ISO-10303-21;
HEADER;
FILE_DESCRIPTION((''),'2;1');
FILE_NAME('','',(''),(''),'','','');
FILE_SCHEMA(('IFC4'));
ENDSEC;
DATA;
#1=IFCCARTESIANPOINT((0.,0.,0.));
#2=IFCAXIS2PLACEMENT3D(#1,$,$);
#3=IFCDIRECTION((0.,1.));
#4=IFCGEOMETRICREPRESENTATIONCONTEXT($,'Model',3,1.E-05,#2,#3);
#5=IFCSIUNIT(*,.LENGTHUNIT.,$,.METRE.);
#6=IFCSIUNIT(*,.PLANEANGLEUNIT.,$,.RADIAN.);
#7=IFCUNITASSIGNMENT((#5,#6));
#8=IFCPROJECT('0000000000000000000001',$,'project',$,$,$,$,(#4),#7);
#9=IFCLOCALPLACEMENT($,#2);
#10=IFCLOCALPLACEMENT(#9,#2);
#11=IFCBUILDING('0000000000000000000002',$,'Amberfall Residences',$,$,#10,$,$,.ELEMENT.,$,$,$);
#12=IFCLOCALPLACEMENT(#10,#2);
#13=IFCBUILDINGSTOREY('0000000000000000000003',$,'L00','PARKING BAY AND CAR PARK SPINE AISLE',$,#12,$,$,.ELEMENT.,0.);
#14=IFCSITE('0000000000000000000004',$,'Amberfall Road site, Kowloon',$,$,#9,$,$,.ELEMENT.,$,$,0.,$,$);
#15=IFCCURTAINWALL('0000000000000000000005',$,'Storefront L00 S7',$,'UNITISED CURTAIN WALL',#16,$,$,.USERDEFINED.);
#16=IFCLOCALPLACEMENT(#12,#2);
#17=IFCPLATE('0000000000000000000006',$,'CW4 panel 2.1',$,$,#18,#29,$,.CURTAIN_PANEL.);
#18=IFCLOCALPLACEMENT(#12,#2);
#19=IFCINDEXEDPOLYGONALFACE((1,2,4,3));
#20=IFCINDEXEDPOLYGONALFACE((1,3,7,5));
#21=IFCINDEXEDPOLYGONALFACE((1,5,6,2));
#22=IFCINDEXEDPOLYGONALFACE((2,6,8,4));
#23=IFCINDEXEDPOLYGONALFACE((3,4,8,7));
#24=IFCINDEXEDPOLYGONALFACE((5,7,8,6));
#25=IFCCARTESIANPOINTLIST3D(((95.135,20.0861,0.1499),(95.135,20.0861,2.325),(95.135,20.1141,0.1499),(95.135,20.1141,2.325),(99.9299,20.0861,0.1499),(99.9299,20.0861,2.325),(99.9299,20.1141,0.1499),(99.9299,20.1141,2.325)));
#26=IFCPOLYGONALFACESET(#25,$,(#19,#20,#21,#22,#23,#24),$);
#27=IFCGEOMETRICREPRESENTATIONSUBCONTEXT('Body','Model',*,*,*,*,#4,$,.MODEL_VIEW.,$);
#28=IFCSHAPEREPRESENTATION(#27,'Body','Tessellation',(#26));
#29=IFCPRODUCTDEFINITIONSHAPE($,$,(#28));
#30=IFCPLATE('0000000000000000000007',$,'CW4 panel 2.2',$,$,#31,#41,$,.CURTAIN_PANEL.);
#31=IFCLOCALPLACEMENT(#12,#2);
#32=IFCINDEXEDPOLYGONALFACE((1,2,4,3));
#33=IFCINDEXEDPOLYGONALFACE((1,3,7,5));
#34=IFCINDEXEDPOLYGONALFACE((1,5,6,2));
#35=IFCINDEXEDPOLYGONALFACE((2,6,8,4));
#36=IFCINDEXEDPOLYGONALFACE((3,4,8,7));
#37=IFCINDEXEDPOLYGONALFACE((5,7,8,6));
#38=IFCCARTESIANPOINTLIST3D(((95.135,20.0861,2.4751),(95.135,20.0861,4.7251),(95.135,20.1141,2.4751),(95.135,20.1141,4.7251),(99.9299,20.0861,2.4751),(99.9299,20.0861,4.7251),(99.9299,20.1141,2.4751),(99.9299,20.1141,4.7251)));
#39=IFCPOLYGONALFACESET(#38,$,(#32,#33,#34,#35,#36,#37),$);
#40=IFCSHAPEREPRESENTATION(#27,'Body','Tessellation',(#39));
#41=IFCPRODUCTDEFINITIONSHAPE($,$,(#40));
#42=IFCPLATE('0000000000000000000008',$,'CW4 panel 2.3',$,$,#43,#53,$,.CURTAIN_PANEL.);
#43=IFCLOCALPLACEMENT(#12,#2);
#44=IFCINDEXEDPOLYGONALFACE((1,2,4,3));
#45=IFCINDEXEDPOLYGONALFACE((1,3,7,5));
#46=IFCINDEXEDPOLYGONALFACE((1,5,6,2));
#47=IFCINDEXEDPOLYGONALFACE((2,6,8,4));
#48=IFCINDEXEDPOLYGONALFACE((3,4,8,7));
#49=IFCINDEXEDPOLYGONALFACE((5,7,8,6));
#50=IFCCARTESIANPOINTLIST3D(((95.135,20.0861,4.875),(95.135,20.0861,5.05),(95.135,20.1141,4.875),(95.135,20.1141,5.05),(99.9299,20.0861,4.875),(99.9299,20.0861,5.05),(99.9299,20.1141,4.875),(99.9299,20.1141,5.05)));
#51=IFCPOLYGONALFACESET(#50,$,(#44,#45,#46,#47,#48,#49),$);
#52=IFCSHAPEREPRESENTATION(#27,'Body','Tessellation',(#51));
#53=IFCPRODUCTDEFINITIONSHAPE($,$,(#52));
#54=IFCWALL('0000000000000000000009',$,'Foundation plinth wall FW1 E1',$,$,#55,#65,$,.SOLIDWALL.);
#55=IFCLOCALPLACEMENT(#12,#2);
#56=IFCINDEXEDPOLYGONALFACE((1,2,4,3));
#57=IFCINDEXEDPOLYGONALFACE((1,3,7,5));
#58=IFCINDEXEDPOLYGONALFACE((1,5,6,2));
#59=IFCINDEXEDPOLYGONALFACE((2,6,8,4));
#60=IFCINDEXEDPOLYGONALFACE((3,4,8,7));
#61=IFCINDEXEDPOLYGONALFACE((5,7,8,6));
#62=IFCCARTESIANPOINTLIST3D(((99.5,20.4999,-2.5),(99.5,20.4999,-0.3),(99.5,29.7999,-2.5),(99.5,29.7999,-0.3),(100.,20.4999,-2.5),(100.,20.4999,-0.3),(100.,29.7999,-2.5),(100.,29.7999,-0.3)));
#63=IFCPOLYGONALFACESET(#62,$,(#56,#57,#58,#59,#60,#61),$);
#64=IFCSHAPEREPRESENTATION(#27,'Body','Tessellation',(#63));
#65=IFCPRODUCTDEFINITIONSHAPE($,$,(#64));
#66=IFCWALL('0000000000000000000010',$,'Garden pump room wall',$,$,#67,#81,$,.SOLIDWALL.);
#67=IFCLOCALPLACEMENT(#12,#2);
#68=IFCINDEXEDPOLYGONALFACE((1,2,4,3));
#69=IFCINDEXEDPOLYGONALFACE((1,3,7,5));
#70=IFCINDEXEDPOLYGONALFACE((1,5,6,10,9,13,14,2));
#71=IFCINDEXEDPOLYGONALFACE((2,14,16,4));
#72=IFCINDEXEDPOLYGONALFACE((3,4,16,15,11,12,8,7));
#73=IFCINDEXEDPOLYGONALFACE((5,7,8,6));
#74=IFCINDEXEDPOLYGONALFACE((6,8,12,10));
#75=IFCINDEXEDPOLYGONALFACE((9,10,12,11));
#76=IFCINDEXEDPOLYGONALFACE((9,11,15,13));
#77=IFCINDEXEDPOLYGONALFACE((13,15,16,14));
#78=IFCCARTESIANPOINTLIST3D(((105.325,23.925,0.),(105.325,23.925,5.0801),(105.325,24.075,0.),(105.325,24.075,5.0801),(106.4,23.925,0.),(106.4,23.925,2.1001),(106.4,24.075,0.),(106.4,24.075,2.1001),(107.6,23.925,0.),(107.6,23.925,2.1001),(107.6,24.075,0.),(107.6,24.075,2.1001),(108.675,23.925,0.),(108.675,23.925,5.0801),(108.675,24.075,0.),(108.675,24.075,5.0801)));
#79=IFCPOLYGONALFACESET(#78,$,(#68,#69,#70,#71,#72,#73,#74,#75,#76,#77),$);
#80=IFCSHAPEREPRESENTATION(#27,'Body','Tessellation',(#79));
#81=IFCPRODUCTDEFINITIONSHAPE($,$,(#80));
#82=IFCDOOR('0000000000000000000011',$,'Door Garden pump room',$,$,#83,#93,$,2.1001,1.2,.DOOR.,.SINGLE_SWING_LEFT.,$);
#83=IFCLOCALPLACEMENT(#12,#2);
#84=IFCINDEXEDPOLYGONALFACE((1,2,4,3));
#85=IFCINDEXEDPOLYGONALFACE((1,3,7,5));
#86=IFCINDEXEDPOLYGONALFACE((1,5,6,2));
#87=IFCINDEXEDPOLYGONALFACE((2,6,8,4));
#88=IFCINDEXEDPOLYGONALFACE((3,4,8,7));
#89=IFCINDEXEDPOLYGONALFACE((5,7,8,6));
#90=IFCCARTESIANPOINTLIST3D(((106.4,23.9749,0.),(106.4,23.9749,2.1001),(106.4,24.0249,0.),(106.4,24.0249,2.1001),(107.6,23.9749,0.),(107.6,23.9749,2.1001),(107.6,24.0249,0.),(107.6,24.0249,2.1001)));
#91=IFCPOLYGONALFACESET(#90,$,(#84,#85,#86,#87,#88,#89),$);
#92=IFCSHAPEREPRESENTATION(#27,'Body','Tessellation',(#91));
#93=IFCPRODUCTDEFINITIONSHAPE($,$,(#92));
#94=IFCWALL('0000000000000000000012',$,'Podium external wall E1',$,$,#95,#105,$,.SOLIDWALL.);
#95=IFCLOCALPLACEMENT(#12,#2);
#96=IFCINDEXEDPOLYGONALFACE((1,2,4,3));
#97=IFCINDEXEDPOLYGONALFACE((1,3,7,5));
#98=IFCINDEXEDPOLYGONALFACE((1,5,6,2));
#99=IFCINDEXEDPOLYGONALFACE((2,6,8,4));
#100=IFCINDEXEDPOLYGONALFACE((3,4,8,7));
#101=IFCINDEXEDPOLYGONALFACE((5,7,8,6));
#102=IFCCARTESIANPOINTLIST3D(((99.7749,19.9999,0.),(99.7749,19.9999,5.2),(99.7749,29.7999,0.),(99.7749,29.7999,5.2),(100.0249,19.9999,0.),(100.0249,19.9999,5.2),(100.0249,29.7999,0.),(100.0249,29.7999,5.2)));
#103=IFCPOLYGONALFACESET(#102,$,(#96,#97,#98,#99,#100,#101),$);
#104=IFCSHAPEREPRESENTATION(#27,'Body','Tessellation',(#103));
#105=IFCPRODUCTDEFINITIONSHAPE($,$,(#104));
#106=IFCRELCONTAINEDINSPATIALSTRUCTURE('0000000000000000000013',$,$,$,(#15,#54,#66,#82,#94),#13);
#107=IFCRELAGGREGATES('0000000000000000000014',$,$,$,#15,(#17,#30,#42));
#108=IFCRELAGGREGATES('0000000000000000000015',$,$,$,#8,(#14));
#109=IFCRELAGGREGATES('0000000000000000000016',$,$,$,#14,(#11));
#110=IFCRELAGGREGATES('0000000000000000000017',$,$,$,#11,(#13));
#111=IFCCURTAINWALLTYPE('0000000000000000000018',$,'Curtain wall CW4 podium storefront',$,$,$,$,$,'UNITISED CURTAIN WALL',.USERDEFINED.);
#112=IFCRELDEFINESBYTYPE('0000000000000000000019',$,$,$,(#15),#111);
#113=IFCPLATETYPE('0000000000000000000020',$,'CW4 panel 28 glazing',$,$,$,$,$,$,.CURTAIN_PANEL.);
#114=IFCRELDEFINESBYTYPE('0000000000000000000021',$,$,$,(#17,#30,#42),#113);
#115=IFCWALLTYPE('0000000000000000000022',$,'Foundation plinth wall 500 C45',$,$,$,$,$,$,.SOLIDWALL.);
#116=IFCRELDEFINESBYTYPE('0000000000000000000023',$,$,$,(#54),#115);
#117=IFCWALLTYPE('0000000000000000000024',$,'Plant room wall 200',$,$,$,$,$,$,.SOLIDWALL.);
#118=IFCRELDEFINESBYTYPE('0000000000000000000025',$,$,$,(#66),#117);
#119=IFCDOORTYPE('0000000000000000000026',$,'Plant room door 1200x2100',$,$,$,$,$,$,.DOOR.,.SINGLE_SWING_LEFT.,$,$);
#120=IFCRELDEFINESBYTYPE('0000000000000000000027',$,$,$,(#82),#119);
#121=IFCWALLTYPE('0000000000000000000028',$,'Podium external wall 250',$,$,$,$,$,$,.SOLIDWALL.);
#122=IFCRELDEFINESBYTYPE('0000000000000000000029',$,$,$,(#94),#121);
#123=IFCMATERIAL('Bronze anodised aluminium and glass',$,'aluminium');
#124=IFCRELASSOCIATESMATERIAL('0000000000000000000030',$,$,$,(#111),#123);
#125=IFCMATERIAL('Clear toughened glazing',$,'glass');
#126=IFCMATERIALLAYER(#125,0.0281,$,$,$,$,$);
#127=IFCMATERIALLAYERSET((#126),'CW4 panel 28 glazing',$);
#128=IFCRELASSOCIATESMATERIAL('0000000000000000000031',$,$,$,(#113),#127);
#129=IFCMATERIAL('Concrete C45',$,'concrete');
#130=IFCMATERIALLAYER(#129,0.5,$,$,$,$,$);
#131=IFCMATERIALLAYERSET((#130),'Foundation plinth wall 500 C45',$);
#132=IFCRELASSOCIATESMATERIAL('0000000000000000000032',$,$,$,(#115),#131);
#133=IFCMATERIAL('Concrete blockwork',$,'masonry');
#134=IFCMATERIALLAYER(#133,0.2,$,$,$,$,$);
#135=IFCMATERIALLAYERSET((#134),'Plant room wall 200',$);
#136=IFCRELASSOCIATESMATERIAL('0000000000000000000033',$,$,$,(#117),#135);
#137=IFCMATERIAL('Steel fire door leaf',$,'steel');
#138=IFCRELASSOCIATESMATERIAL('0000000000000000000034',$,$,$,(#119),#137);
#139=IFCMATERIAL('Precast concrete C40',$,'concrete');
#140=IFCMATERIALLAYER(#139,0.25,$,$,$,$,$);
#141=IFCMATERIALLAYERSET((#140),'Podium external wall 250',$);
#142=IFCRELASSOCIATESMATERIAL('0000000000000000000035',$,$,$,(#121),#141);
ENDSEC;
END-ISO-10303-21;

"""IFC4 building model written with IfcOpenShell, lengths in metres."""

from ifc_helpers import new_model, si_unit, direction, frame, frame_2d, origin, origin_2d, place, context, subcontext, project, spatial, rectangle, extrude, material, layer, layer_set, type_object, element, fill, aggregate, save


model = new_model("IFC4")

# Units and contexts
model_context = context("Model", 3, precision=1e-05, world=origin(), true_north=direction((0.0, 1.0)))
body_context = subcontext(model_context, "Body", "Model", "MODEL_VIEW")
ifc_project = project(units=[si_unit("LENGTHUNIT", "METRE"), si_unit("PLANEANGLEUNIT", "RADIAN")], contexts=[model_context])

# Site, building, storey
site_placement = place(None, origin())
site = spatial("IfcSite", under=ifc_project, at=site_placement, Name="Amberfall Road site, Kowloon", CompositionType="ELEMENT", RefElevation=0.0)
building_placement = place(site_placement, origin())
building = spatial("IfcBuilding", under=site, at=building_placement, Name="Amberfall Residences", CompositionType="ELEMENT")
storey_placement = place(building_placement, origin())
storey = spatial("IfcBuildingStorey", under=building, at=storey_placement, Name="L00", Description="PARKING BAY AND CAR PARK SPINE AISLE", CompositionType="ELEMENT", Elevation=0.0)

# Shared definitions
ifc_material_1 = material(Name="Concrete C45", Category="concrete")

# Curtain wall
ifc_material_2 = material(Name="Bronze anodised aluminium and glass", Category="aluminium")
curtain_wall_type = type_object("IfcCurtainWallType", Name="Curtain wall CW4 podium storefront", ElementType="UNITISED CURTAIN WALL", PredefinedType="USERDEFINED", material=ifc_material_2)
curtain_wall_placement = place(storey_placement, origin())
curtain_wall = element("IfcCurtainWall", 1, at=curtain_wall_placement, inside=storey, type_object=curtain_wall_type, Name="Storefront L00 S7", ObjectType="UNITISED CURTAIN WALL", PredefinedType="USERDEFINED")

# Plates
ifc_material_3 = material(Name="Clear toughened glazing", Category="glass")
ifc_layer_1 = layer(ifc_material_3, 0.0281)
ifc_layer_set_1 = layer_set([ifc_layer_1], Name="CW4 panel 28 glazing")
plate_type = type_object("IfcPlateType", Name="CW4 panel 28 glazing", PredefinedType="CURTAIN_PANEL", material=ifc_layer_set_1)
plate_1_placement = place(storey_placement, frame((97.5325, 20.1001, 0.1499), z_axis=(0.0, 0.0, 1.0), x_axis=(1.0, 0.0, 0.0)))
plate_1 = element("IfcPlate", 2, at=plate_1_placement, type_object=plate_type, Name="CW4 panel 2.1", PredefinedType="CURTAIN_PANEL", context=body_context, shape_type="SweptSolid", body=[
    extrude(rectangle(XDim=4.7949, YDim=0.0281, at=origin_2d()), origin(), (0.0, 0.0, 1.0), 2.175),
])
plate_2_placement = place(storey_placement, frame((97.5325, 20.1001, 2.4751), z_axis=(0.0, 0.0, 1.0), x_axis=(1.0, 0.0, 0.0)))
plate_2 = element("IfcPlate", 3, at=plate_2_placement, type_object=plate_type, Name="CW4 panel 2.2", PredefinedType="CURTAIN_PANEL", context=body_context, shape_type="SweptSolid", body=[
    extrude(rectangle(XDim=4.7949, YDim=0.0281, at=origin_2d()), origin(), (0.0, 0.0, 1.0), 2.25),
])
plate_3_placement = place(storey_placement, frame((97.5325, 20.1001, 4.875), z_axis=(0.0, 0.0, 1.0), x_axis=(1.0, 0.0, 0.0)))
plate_3 = element("IfcPlate", 4, at=plate_3_placement, type_object=plate_type, Name="CW4 panel 2.3", PredefinedType="CURTAIN_PANEL", context=body_context, shape_type="SweptSolid", body=[
    extrude(rectangle(XDim=4.7949, YDim=0.0281, at=origin_2d()), origin(), (0.0, 0.0, 1.0), 0.175),
])
aggregate(curtain_wall, [plate_1, plate_2, plate_3])

# Wall
ifc_layer_2 = layer(ifc_material_1, 0.5)
ifc_layer_set_2 = layer_set([ifc_layer_2], Name="Foundation plinth wall 500 C45")
wall_type_1 = type_object("IfcWallType", Name="Foundation plinth wall 500 C45", PredefinedType="SOLIDWALL", material=ifc_layer_set_2)
wall_1_placement = place(storey_placement, frame((99.75, 20.5, -2.5), z_axis=(0.0, 0.0, 1.0), x_axis=(0.0, 1.0, 0.0)))
element("IfcWall", 5, at=wall_1_placement, inside=storey, type_object=wall_type_1, Name="Foundation plinth wall FW1 E1", PredefinedType="SOLIDWALL", context=body_context, shape_type="SweptSolid", body=[
    extrude(rectangle(XDim=9.3, YDim=0.5, at=frame_2d((4.6499, 0.0))), origin(), (0.0, 0.0, 1.0), 2.2),
])

# Wall, opening, door
ifc_material_4 = material(Name="Concrete blockwork", Category="masonry")
ifc_layer_3 = layer(ifc_material_4, 0.2)
ifc_layer_set_3 = layer_set([ifc_layer_3], Name="Plant room wall 200")
wall_type_2 = type_object("IfcWallType", Name="Plant room wall 200", PredefinedType="SOLIDWALL", material=ifc_layer_set_3)
wall_2_placement = place(storey_placement, frame((105.325, 24.0, 0.0), z_axis=(0.0, 0.0, 1.0), x_axis=(1.0, 0.0, 0.0)))
wall_2 = element("IfcWall", 6, at=wall_2_placement, inside=storey, type_object=wall_type_2, Name="Garden pump room wall", PredefinedType="SOLIDWALL", context=body_context, shape_type="SweptSolid", body=[
    extrude(rectangle(XDim=3.3501, YDim=0.1499, at=frame_2d((1.675, 0.0))), origin(), (0.0, 0.0, 1.0), 5.0801),
])
opening_placement = place(wall_2_placement, frame((1.075, 0.0, 0.0)))
opening = element("IfcOpeningElement", 7, at=opening_placement, cuts=wall_2, PredefinedType="OPENING", context=body_context, shape_type="SweptSolid", body=[
    extrude(rectangle(XDim=1.2, YDim=2.1001, at=frame_2d((0.6001, 1.05))), frame((0.0, 0.085, 0.0), z_axis=(0.0, -1.0, 0.0), x_axis=(1.0, 0.0, 0.0)), (0.0, 0.0, 1.0), 0.1699),
])
ifc_material_5 = material(Name="Steel fire door leaf", Category="steel")
door_type = type_object("IfcDoorType", Name="Plant room door 1200x2100", OperationType="SINGLE_SWING_LEFT", PredefinedType="DOOR", material=ifc_material_5)
door_placement = place(opening_placement, origin())
door = element("IfcDoor", 8, at=door_placement, inside=storey, type_object=door_type, Name="Door Garden pump room", OperationType="SINGLE_SWING_LEFT", OverallHeight=2.1001, OverallWidth=1.2, PredefinedType="DOOR", context=body_context, shape_type="SweptSolid", body=[
    extrude(rectangle(XDim=1.2, YDim=2.1001, at=frame_2d((0.6001, 1.05))), frame((0.0, 0.0249, 0.0), z_axis=(0.0, -1.0, 0.0), x_axis=(1.0, 0.0, 0.0)), (0.0, 0.0, 1.0), 0.05),
])
fill(opening, door)

# Wall
ifc_material_6 = material(Name="Precast concrete C40", Category="concrete")
ifc_layer_4 = layer(ifc_material_6, 0.25)
ifc_layer_set_4 = layer_set([ifc_layer_4], Name="Podium external wall 250")
wall_type_3 = type_object("IfcWallType", Name="Podium external wall 250", PredefinedType="SOLIDWALL", material=ifc_layer_set_4)
wall_3_placement = place(storey_placement, frame((99.8999, 20.0, 0.0), z_axis=(0.0, 0.0, 1.0), x_axis=(0.0, 1.0, 0.0)))
element("IfcWall", 9, at=wall_3_placement, inside=storey, type_object=wall_type_3, Name="Podium external wall E1", PredefinedType="SOLIDWALL", context=body_context, shape_type="SweptSolid", body=[
    extrude(rectangle(XDim=9.8, YDim=0.25, at=frame_2d((4.8999, 0.0))), origin(), (0.0, 0.0, 1.0), 5.2),
])

save(model, "model.ifc")
